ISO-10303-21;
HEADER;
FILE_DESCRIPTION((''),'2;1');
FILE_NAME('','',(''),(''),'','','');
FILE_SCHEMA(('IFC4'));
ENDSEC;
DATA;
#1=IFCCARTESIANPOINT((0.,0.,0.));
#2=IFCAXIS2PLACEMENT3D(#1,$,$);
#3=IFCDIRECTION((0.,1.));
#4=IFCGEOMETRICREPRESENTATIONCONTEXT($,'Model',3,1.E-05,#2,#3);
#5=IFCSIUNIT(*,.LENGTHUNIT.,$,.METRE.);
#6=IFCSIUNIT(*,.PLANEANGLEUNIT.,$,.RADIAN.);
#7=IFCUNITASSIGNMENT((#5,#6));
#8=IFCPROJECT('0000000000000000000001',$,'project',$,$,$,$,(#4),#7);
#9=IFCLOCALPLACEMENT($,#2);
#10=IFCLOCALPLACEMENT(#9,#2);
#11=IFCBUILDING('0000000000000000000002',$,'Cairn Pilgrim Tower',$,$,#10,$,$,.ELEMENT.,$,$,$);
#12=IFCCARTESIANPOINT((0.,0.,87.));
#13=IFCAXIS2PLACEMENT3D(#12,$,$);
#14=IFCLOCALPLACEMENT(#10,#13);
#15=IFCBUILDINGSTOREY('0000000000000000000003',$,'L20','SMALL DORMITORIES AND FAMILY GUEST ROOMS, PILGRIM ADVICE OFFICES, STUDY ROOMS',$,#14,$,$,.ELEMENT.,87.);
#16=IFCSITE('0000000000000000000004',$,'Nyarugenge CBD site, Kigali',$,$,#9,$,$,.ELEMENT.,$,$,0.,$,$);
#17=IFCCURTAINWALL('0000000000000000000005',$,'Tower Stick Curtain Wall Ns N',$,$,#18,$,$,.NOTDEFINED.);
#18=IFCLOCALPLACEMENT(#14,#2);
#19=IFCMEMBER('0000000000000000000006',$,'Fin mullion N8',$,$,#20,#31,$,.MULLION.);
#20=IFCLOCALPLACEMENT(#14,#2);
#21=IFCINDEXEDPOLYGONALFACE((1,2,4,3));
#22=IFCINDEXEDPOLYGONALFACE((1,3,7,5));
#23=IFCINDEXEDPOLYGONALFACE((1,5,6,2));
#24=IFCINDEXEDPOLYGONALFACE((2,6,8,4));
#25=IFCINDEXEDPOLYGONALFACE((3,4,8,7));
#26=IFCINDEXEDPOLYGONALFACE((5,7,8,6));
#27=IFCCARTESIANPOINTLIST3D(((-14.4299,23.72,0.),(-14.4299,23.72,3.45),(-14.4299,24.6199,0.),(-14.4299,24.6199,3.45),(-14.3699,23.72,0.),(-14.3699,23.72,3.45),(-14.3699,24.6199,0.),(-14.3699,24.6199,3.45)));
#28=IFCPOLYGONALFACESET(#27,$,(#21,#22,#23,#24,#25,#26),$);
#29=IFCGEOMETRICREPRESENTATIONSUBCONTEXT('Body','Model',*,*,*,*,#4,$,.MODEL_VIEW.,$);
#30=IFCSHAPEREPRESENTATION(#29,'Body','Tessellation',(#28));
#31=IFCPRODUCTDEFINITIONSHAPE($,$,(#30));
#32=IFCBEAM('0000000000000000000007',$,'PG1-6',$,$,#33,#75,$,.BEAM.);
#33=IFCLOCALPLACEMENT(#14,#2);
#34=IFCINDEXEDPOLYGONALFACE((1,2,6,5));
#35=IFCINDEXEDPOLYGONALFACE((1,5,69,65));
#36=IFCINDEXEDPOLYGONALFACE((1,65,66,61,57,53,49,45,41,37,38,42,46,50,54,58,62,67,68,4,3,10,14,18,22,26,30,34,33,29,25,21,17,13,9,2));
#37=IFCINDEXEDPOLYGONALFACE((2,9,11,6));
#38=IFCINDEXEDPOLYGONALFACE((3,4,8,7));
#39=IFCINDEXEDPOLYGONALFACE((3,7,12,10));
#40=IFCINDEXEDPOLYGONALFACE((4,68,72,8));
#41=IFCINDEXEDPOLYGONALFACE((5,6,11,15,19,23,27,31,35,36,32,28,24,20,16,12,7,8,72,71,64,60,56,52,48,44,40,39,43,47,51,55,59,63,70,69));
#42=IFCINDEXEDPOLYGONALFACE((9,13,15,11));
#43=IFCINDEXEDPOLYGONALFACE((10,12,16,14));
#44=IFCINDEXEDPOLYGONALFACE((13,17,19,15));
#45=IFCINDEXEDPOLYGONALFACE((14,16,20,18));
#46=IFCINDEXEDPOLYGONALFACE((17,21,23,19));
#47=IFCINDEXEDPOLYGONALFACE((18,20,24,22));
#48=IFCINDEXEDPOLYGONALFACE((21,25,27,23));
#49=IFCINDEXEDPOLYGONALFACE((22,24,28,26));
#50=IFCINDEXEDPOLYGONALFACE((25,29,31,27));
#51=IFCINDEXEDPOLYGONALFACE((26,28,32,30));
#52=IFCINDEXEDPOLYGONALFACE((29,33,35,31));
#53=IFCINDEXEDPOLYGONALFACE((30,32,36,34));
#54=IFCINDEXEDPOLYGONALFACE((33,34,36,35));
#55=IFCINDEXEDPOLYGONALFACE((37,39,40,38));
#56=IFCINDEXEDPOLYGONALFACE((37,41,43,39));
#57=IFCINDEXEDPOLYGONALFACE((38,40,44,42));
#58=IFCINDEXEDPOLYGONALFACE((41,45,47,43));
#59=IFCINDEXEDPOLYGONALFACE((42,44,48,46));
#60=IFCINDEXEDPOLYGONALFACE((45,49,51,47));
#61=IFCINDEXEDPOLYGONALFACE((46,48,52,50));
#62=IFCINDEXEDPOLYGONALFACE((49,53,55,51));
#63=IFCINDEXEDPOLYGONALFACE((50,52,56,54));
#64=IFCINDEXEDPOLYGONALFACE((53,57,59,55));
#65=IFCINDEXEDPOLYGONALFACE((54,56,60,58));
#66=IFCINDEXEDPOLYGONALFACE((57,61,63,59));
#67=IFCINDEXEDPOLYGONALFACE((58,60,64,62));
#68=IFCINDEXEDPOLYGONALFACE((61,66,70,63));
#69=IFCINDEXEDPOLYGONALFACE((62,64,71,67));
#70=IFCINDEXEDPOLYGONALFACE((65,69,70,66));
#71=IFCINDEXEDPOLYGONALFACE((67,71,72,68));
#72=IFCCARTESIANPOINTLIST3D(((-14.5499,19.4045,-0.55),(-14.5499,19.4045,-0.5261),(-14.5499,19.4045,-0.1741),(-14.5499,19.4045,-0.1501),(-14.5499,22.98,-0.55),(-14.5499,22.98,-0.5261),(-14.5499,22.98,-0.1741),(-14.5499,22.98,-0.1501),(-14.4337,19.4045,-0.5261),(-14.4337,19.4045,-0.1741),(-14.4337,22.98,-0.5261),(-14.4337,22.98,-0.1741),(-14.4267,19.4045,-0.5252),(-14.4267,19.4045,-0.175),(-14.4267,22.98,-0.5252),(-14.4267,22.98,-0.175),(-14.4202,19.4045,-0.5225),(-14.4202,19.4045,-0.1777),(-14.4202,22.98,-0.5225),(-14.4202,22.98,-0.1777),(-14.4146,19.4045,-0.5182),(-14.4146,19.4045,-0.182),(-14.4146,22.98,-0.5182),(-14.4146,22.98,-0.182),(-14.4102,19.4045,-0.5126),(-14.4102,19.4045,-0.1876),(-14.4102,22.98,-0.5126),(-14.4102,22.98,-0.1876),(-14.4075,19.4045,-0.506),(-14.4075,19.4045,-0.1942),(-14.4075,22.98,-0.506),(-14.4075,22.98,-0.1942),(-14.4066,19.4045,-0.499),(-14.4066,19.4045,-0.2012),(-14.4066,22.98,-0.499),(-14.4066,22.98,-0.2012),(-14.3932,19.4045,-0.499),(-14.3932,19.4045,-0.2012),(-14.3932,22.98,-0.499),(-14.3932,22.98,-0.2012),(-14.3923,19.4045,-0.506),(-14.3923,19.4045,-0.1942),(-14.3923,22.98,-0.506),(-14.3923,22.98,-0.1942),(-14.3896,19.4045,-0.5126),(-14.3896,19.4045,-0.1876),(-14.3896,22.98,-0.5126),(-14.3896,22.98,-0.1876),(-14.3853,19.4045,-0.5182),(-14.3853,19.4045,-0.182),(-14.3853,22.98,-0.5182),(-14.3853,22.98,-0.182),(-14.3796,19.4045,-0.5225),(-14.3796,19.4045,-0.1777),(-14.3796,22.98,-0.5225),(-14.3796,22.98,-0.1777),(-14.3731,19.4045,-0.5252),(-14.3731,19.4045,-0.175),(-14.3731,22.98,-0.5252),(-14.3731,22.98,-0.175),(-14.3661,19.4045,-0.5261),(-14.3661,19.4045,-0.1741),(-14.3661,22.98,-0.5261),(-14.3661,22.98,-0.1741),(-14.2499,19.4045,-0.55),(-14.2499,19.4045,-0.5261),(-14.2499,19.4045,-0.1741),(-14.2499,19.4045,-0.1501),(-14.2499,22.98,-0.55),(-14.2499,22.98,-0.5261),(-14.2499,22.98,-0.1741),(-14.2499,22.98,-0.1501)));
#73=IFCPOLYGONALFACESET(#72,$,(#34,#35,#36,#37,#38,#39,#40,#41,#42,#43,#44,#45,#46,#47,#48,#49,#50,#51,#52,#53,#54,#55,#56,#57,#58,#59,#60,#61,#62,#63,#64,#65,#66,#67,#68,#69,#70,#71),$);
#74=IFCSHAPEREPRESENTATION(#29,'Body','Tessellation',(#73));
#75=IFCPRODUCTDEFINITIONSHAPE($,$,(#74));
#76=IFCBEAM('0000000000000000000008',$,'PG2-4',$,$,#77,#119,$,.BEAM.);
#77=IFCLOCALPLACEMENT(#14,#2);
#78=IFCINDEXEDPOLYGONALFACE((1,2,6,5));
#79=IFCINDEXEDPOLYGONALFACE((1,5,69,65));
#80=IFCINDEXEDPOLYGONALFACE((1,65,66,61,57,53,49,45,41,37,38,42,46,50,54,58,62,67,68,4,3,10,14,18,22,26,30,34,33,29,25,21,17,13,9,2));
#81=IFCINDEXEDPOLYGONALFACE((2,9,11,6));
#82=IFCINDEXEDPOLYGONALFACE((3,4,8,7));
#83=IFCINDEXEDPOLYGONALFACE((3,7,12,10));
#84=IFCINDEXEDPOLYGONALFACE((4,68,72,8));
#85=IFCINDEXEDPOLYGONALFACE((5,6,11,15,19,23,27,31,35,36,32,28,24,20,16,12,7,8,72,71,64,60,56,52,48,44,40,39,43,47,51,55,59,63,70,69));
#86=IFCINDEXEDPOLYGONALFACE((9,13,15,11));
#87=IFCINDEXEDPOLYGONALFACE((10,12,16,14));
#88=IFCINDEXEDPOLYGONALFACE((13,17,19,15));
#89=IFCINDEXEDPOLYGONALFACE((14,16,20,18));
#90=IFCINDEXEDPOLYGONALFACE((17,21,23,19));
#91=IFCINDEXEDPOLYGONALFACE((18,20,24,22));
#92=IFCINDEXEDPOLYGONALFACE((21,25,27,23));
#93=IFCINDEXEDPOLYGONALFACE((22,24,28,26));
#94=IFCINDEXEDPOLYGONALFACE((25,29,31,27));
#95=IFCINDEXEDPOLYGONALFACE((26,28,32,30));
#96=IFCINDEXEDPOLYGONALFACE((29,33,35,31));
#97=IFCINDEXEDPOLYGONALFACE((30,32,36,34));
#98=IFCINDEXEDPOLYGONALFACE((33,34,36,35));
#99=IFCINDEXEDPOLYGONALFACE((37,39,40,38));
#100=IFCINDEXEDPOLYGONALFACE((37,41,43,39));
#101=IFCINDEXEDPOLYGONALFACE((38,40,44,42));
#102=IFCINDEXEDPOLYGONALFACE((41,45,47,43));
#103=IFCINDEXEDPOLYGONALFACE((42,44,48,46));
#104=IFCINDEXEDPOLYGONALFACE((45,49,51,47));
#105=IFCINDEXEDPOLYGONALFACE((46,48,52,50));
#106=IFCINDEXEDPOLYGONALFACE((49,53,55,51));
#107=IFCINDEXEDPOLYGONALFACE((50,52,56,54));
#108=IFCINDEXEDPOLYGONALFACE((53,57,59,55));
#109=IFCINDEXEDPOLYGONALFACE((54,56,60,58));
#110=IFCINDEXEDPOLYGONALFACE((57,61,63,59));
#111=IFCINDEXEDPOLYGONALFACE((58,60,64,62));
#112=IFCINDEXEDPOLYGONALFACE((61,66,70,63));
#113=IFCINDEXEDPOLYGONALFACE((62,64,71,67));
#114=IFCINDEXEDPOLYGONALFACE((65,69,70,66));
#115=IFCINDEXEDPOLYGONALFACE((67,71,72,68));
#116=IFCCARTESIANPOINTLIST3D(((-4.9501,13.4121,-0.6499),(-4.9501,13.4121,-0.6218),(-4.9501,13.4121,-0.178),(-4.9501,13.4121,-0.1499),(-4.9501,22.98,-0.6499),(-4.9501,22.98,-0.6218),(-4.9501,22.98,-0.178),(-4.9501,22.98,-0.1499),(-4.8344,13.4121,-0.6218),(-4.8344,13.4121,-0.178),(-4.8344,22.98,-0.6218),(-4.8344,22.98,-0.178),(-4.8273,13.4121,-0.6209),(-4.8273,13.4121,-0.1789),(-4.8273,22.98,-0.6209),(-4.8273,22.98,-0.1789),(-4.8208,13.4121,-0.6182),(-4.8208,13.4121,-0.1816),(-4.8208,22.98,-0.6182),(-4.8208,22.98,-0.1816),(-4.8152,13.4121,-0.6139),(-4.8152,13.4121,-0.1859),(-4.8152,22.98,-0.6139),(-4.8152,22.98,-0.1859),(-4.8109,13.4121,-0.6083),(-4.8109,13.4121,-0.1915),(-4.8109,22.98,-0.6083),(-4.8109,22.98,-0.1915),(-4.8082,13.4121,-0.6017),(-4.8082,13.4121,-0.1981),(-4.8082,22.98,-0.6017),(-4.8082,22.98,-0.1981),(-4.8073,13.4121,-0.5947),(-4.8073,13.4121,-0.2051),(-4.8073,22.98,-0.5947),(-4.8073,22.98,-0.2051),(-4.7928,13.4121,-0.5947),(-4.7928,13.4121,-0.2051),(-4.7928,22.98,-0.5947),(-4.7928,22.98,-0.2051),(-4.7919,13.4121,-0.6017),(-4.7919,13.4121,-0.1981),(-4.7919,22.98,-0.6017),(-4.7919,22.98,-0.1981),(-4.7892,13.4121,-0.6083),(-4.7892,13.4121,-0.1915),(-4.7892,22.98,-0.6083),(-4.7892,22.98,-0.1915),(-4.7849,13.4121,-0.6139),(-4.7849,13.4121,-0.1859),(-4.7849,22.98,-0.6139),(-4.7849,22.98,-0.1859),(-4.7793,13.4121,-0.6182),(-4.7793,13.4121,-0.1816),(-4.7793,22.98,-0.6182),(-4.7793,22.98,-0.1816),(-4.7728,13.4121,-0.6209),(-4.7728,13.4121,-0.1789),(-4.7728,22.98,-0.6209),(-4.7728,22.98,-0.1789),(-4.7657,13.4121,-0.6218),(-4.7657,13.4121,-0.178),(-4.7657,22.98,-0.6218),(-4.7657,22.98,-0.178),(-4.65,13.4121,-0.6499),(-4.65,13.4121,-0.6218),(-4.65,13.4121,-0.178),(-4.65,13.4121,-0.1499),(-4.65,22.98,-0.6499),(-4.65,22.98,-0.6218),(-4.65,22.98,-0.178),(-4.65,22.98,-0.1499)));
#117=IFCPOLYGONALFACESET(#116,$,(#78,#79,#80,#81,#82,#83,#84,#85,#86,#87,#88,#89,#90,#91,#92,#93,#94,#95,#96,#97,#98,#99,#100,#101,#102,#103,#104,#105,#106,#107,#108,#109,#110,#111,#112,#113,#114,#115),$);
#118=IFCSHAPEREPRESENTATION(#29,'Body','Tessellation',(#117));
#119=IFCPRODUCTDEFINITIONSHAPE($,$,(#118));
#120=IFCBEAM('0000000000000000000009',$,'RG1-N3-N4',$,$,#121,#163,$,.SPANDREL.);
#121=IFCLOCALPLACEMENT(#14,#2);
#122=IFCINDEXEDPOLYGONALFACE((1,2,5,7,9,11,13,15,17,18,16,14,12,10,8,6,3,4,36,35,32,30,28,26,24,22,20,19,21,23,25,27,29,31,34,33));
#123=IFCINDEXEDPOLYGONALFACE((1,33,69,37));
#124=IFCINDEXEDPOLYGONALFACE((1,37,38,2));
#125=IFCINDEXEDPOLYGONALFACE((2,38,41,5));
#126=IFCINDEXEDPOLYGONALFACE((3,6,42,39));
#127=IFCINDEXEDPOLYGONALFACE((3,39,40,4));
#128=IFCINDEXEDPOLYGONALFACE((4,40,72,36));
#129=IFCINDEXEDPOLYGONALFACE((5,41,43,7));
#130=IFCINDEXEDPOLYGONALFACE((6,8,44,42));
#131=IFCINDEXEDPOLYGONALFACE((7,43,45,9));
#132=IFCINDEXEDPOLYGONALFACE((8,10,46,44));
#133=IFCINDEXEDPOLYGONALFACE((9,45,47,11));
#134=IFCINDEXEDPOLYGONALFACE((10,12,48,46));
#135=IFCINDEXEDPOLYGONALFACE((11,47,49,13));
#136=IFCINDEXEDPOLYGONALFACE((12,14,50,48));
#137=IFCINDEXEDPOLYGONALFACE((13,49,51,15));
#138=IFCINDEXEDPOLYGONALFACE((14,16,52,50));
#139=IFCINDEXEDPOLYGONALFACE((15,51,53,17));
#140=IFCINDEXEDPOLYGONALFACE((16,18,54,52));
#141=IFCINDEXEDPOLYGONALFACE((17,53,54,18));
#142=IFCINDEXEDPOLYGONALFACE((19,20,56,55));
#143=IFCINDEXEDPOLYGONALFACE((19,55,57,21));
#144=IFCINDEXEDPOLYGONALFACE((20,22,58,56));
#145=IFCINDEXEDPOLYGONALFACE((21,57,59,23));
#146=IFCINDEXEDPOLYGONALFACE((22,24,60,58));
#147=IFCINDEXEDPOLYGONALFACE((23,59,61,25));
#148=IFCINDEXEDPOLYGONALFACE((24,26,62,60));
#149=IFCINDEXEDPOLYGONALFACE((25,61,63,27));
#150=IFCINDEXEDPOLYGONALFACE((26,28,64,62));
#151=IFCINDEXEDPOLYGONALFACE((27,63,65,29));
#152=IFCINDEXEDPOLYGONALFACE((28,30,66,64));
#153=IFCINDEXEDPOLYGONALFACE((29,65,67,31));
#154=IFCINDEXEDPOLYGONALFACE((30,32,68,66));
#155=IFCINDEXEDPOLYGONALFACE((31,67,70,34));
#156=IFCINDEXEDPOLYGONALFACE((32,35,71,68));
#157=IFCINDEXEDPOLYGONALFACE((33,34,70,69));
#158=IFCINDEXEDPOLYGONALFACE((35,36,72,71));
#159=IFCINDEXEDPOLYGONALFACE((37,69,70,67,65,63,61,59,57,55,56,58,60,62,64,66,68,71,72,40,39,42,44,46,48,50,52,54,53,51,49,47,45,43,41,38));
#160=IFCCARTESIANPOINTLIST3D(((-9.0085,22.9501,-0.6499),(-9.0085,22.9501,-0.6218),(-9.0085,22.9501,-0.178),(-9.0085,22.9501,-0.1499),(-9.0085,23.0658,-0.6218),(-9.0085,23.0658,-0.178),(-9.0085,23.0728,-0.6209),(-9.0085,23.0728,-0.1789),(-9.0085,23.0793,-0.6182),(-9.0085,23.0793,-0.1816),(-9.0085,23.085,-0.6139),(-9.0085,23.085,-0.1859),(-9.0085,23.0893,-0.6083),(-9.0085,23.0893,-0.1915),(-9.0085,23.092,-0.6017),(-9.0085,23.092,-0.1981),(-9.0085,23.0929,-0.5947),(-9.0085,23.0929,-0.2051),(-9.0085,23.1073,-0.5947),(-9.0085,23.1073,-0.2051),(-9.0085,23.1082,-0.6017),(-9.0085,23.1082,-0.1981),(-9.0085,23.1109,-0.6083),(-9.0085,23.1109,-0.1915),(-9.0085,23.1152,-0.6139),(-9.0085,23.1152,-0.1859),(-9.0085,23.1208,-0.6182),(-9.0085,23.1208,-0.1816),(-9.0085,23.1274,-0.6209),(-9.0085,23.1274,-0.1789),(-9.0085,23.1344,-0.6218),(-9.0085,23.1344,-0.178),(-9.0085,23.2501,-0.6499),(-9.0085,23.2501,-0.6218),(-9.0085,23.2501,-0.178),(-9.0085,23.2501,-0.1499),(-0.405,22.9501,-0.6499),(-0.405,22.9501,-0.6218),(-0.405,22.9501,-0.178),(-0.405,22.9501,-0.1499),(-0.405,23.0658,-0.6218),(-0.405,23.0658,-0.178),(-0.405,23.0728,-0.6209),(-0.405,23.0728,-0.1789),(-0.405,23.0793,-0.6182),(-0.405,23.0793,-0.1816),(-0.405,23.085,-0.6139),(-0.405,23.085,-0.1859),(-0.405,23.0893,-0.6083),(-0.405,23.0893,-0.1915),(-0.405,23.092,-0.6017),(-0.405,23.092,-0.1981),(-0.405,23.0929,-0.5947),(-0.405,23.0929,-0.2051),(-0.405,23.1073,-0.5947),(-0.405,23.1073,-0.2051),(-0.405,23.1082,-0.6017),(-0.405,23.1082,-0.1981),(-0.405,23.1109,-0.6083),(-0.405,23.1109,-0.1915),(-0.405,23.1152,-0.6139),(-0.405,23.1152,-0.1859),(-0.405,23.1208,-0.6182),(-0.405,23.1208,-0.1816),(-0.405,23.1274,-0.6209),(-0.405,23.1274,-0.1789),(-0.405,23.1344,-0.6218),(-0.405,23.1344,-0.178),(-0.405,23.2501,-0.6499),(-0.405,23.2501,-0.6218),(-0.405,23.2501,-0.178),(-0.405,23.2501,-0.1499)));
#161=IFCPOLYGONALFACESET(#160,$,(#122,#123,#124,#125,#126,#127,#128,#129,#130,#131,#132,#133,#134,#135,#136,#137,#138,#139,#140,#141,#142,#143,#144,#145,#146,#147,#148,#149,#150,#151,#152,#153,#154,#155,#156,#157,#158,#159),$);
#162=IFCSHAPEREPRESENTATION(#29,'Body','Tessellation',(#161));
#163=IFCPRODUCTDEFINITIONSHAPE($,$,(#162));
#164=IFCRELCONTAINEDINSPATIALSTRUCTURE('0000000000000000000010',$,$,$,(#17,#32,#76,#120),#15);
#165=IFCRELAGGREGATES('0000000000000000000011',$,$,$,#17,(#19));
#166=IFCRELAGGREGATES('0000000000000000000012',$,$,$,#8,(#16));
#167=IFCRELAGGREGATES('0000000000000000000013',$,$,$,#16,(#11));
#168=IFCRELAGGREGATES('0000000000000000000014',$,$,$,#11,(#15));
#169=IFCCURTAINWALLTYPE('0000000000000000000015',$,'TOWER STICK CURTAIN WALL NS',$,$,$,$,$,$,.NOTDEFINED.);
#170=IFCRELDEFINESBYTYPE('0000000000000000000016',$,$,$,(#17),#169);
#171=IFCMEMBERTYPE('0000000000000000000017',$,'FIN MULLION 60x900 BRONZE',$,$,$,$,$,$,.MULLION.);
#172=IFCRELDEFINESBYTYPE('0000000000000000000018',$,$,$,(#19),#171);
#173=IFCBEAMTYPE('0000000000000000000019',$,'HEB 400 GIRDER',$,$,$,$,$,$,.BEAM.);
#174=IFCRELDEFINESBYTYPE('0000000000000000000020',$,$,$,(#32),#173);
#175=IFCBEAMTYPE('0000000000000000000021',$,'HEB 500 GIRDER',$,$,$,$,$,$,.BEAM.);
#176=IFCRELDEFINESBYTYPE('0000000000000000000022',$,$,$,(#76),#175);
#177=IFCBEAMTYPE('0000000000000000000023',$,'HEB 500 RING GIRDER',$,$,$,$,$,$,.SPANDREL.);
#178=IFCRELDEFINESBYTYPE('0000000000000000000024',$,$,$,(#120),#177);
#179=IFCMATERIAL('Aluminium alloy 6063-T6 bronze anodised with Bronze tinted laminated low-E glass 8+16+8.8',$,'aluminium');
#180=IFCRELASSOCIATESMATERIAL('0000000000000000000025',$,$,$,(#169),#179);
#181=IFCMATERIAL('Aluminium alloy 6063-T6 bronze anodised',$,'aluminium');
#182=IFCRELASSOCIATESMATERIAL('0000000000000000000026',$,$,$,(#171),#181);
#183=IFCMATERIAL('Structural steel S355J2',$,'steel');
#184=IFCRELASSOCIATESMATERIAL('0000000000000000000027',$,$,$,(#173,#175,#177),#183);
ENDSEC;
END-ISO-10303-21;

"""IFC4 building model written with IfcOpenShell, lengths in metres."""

from ifc_helpers import new_model, si_unit, direction, frame, origin, origin_2d, place, context, subcontext, project, spatial, rectangle, i_section, extrude, material, material_profile, profile_set, type_object, element, aggregate, save


model = new_model("IFC4")

# Units and contexts
model_context = context("Model", 3, precision=1e-05, world=origin(), true_north=direction((0.0, 1.0)))
body_context = subcontext(model_context, "Body", "Model", "MODEL_VIEW")
ifc_project = project(units=[si_unit("LENGTHUNIT", "METRE"), si_unit("PLANEANGLEUNIT", "RADIAN")], contexts=[model_context])

# Site, building, storey
site_placement = place(None, origin())
site = spatial("IfcSite", under=ifc_project, at=site_placement, Name="Nyarugenge CBD site, Kigali", CompositionType="ELEMENT", RefElevation=0.0)
building_placement = place(site_placement, origin())
building = spatial("IfcBuilding", under=site, at=building_placement, Name="Cairn Pilgrim Tower", CompositionType="ELEMENT")
storey_placement = place(building_placement, frame((0.0, 0.0, 87.0)))
storey = spatial("IfcBuildingStorey", under=building, at=storey_placement, Name="L20", Description="SMALL DORMITORIES AND FAMILY GUEST ROOMS, PILGRIM ADVICE OFFICES, STUDY ROOMS", CompositionType="ELEMENT", Elevation=87.0)

# Curtain wall, member
ifc_material_1 = material(Name="Aluminium alloy 6063-T6 bronze anodised with Bronze tinted laminated low-E glass 8+16+8.8", Category="aluminium")
curtain_wall_type = type_object("IfcCurtainWallType", Name="TOWER STICK CURTAIN WALL NS", PredefinedType="NOTDEFINED", material=ifc_material_1)
curtain_wall_placement = place(storey_placement, origin())
curtain_wall = element("IfcCurtainWall", 1, at=curtain_wall_placement, inside=storey, type_object=curtain_wall_type, Name="Tower Stick Curtain Wall Ns N", PredefinedType="NOTDEFINED")
ifc_material_2 = material(Name="Aluminium alloy 6063-T6 bronze anodised", Category="aluminium")
ifc_material_profile_1 = material_profile(ifc_material_2, rectangle(XDim=0.8999, YDim=0.0601, at=origin_2d()), Name="FIN MULLION 60x900 BRONZE")
ifc_profile_set_1 = profile_set([ifc_material_profile_1], Name="Aluminium alloy 6063-T6 bronze anodised")
member_type_1 = type_object("IfcMemberType", Name="FIN MULLION 60x900 BRONZE", PredefinedType="MULLION", material=ifc_profile_set_1)
member_1_placement = place(storey_placement, frame((-14.3999, 24.1699, 0.0), z_axis=(0.0, 0.0, 1.0), x_axis=(0.0, 1.0, 0.0)))
member_1 = element("IfcMember", 2, at=member_1_placement, type_object=member_type_1, Name="Fin mullion N8", PredefinedType="MULLION", context=body_context, shape_type="SweptSolid", body=[
    extrude(rectangle(XDim=0.8999, YDim=0.0601, at=origin_2d()), origin(), (0.0, 0.0, 1.0), 3.45),
])

# Beams
ifc_material_3 = material(Name="Structural steel S355J2", Category="steel")
ifc_material_profile_2 = material_profile(ifc_material_3, i_section(OverallWidth=0.3, OverallDepth=0.3999, WebThickness=0.0134, FlangeThickness=0.0239, FilletRadius=0.0271, at=origin_2d()), Name="HEB 400")
ifc_profile_set_2 = profile_set([ifc_material_profile_2], Name="Structural steel S355J2")
beam_type_1 = type_object("IfcBeamType", Name="HEB 400 GIRDER", PredefinedType="BEAM", material=ifc_profile_set_2)
beam_1_placement = place(storey_placement, frame((-14.3999, 19.4045, -0.3501), z_axis=(0.0, 1.0, 0.0), x_axis=(-1.0, 0.0, 0.0)))
element("IfcBeam", 3, at=beam_1_placement, inside=storey, type_object=beam_type_1, Name="PG1-6", PredefinedType="BEAM", context=body_context, shape_type="SweptSolid", body=[
    extrude(i_section(OverallWidth=0.3, OverallDepth=0.3999, WebThickness=0.0134, FlangeThickness=0.0239, FilletRadius=0.0271, at=origin_2d()), origin(), (0.0, 0.0, 1.0), 3.5754),
])
ifc_material_profile_3 = material_profile(ifc_material_3, i_section(OverallWidth=0.3, OverallDepth=0.5, WebThickness=0.0144, FlangeThickness=0.0281, FilletRadius=0.0271, at=origin_2d()), Name="HEB 500")
ifc_profile_set_3 = profile_set([ifc_material_profile_3], Name="Structural steel S355J2")
beam_type_2 = type_object("IfcBeamType", Name="HEB 500 GIRDER", PredefinedType="BEAM", material=ifc_profile_set_3)
beam_2_placement = place(storey_placement, frame((-4.8, 13.4121, -0.3999), z_axis=(0.0, 1.0, 0.0), x_axis=(-1.0, 0.0, 0.0)))
element("IfcBeam", 4, at=beam_2_placement, inside=storey, type_object=beam_type_2, Name="PG2-4", PredefinedType="BEAM", context=body_context, shape_type="SweptSolid", body=[
    extrude(i_section(OverallWidth=0.3, OverallDepth=0.5, WebThickness=0.0144, FlangeThickness=0.0281, FilletRadius=0.0271, at=origin_2d()), origin(), (0.0, 0.0, 1.0), 9.5679),
])
ifc_material_profile_4 = material_profile(ifc_material_3, i_section(OverallWidth=0.3, OverallDepth=0.5, WebThickness=0.0144, FlangeThickness=0.0281, FilletRadius=0.0271, at=origin_2d()), Name="HEB 500")
ifc_profile_set_4 = profile_set([ifc_material_profile_4], Name="Structural steel S355J2")
beam_type_3 = type_object("IfcBeamType", Name="HEB 500 RING GIRDER", PredefinedType="SPANDREL", material=ifc_profile_set_4)
for number, where, z_axis, x_axis, name in (
    (5, (-0.405, 23.1001, -0.3999), (-1.0, 0.0, 0.0), (0.0, -1.0, 0.0), "RG1-N3-N4"),
):
    element("IfcBeam", number, at=place(storey_placement, frame(where, z_axis=z_axis, x_axis=x_axis)), inside=storey, type_object=beam_type_3, Name=name, PredefinedType="SPANDREL", context=body_context, shape_type="SweptSolid", body=[
        extrude(i_section(OverallWidth=0.3, OverallDepth=0.5, WebThickness=0.0144, FlangeThickness=0.0281, FilletRadius=0.0271, at=origin_2d()), origin(), (0.0, 0.0, 1.0), 8.6035),
    ])

aggregate(curtain_wall, [member_1])

save(model, "model.ifc")
